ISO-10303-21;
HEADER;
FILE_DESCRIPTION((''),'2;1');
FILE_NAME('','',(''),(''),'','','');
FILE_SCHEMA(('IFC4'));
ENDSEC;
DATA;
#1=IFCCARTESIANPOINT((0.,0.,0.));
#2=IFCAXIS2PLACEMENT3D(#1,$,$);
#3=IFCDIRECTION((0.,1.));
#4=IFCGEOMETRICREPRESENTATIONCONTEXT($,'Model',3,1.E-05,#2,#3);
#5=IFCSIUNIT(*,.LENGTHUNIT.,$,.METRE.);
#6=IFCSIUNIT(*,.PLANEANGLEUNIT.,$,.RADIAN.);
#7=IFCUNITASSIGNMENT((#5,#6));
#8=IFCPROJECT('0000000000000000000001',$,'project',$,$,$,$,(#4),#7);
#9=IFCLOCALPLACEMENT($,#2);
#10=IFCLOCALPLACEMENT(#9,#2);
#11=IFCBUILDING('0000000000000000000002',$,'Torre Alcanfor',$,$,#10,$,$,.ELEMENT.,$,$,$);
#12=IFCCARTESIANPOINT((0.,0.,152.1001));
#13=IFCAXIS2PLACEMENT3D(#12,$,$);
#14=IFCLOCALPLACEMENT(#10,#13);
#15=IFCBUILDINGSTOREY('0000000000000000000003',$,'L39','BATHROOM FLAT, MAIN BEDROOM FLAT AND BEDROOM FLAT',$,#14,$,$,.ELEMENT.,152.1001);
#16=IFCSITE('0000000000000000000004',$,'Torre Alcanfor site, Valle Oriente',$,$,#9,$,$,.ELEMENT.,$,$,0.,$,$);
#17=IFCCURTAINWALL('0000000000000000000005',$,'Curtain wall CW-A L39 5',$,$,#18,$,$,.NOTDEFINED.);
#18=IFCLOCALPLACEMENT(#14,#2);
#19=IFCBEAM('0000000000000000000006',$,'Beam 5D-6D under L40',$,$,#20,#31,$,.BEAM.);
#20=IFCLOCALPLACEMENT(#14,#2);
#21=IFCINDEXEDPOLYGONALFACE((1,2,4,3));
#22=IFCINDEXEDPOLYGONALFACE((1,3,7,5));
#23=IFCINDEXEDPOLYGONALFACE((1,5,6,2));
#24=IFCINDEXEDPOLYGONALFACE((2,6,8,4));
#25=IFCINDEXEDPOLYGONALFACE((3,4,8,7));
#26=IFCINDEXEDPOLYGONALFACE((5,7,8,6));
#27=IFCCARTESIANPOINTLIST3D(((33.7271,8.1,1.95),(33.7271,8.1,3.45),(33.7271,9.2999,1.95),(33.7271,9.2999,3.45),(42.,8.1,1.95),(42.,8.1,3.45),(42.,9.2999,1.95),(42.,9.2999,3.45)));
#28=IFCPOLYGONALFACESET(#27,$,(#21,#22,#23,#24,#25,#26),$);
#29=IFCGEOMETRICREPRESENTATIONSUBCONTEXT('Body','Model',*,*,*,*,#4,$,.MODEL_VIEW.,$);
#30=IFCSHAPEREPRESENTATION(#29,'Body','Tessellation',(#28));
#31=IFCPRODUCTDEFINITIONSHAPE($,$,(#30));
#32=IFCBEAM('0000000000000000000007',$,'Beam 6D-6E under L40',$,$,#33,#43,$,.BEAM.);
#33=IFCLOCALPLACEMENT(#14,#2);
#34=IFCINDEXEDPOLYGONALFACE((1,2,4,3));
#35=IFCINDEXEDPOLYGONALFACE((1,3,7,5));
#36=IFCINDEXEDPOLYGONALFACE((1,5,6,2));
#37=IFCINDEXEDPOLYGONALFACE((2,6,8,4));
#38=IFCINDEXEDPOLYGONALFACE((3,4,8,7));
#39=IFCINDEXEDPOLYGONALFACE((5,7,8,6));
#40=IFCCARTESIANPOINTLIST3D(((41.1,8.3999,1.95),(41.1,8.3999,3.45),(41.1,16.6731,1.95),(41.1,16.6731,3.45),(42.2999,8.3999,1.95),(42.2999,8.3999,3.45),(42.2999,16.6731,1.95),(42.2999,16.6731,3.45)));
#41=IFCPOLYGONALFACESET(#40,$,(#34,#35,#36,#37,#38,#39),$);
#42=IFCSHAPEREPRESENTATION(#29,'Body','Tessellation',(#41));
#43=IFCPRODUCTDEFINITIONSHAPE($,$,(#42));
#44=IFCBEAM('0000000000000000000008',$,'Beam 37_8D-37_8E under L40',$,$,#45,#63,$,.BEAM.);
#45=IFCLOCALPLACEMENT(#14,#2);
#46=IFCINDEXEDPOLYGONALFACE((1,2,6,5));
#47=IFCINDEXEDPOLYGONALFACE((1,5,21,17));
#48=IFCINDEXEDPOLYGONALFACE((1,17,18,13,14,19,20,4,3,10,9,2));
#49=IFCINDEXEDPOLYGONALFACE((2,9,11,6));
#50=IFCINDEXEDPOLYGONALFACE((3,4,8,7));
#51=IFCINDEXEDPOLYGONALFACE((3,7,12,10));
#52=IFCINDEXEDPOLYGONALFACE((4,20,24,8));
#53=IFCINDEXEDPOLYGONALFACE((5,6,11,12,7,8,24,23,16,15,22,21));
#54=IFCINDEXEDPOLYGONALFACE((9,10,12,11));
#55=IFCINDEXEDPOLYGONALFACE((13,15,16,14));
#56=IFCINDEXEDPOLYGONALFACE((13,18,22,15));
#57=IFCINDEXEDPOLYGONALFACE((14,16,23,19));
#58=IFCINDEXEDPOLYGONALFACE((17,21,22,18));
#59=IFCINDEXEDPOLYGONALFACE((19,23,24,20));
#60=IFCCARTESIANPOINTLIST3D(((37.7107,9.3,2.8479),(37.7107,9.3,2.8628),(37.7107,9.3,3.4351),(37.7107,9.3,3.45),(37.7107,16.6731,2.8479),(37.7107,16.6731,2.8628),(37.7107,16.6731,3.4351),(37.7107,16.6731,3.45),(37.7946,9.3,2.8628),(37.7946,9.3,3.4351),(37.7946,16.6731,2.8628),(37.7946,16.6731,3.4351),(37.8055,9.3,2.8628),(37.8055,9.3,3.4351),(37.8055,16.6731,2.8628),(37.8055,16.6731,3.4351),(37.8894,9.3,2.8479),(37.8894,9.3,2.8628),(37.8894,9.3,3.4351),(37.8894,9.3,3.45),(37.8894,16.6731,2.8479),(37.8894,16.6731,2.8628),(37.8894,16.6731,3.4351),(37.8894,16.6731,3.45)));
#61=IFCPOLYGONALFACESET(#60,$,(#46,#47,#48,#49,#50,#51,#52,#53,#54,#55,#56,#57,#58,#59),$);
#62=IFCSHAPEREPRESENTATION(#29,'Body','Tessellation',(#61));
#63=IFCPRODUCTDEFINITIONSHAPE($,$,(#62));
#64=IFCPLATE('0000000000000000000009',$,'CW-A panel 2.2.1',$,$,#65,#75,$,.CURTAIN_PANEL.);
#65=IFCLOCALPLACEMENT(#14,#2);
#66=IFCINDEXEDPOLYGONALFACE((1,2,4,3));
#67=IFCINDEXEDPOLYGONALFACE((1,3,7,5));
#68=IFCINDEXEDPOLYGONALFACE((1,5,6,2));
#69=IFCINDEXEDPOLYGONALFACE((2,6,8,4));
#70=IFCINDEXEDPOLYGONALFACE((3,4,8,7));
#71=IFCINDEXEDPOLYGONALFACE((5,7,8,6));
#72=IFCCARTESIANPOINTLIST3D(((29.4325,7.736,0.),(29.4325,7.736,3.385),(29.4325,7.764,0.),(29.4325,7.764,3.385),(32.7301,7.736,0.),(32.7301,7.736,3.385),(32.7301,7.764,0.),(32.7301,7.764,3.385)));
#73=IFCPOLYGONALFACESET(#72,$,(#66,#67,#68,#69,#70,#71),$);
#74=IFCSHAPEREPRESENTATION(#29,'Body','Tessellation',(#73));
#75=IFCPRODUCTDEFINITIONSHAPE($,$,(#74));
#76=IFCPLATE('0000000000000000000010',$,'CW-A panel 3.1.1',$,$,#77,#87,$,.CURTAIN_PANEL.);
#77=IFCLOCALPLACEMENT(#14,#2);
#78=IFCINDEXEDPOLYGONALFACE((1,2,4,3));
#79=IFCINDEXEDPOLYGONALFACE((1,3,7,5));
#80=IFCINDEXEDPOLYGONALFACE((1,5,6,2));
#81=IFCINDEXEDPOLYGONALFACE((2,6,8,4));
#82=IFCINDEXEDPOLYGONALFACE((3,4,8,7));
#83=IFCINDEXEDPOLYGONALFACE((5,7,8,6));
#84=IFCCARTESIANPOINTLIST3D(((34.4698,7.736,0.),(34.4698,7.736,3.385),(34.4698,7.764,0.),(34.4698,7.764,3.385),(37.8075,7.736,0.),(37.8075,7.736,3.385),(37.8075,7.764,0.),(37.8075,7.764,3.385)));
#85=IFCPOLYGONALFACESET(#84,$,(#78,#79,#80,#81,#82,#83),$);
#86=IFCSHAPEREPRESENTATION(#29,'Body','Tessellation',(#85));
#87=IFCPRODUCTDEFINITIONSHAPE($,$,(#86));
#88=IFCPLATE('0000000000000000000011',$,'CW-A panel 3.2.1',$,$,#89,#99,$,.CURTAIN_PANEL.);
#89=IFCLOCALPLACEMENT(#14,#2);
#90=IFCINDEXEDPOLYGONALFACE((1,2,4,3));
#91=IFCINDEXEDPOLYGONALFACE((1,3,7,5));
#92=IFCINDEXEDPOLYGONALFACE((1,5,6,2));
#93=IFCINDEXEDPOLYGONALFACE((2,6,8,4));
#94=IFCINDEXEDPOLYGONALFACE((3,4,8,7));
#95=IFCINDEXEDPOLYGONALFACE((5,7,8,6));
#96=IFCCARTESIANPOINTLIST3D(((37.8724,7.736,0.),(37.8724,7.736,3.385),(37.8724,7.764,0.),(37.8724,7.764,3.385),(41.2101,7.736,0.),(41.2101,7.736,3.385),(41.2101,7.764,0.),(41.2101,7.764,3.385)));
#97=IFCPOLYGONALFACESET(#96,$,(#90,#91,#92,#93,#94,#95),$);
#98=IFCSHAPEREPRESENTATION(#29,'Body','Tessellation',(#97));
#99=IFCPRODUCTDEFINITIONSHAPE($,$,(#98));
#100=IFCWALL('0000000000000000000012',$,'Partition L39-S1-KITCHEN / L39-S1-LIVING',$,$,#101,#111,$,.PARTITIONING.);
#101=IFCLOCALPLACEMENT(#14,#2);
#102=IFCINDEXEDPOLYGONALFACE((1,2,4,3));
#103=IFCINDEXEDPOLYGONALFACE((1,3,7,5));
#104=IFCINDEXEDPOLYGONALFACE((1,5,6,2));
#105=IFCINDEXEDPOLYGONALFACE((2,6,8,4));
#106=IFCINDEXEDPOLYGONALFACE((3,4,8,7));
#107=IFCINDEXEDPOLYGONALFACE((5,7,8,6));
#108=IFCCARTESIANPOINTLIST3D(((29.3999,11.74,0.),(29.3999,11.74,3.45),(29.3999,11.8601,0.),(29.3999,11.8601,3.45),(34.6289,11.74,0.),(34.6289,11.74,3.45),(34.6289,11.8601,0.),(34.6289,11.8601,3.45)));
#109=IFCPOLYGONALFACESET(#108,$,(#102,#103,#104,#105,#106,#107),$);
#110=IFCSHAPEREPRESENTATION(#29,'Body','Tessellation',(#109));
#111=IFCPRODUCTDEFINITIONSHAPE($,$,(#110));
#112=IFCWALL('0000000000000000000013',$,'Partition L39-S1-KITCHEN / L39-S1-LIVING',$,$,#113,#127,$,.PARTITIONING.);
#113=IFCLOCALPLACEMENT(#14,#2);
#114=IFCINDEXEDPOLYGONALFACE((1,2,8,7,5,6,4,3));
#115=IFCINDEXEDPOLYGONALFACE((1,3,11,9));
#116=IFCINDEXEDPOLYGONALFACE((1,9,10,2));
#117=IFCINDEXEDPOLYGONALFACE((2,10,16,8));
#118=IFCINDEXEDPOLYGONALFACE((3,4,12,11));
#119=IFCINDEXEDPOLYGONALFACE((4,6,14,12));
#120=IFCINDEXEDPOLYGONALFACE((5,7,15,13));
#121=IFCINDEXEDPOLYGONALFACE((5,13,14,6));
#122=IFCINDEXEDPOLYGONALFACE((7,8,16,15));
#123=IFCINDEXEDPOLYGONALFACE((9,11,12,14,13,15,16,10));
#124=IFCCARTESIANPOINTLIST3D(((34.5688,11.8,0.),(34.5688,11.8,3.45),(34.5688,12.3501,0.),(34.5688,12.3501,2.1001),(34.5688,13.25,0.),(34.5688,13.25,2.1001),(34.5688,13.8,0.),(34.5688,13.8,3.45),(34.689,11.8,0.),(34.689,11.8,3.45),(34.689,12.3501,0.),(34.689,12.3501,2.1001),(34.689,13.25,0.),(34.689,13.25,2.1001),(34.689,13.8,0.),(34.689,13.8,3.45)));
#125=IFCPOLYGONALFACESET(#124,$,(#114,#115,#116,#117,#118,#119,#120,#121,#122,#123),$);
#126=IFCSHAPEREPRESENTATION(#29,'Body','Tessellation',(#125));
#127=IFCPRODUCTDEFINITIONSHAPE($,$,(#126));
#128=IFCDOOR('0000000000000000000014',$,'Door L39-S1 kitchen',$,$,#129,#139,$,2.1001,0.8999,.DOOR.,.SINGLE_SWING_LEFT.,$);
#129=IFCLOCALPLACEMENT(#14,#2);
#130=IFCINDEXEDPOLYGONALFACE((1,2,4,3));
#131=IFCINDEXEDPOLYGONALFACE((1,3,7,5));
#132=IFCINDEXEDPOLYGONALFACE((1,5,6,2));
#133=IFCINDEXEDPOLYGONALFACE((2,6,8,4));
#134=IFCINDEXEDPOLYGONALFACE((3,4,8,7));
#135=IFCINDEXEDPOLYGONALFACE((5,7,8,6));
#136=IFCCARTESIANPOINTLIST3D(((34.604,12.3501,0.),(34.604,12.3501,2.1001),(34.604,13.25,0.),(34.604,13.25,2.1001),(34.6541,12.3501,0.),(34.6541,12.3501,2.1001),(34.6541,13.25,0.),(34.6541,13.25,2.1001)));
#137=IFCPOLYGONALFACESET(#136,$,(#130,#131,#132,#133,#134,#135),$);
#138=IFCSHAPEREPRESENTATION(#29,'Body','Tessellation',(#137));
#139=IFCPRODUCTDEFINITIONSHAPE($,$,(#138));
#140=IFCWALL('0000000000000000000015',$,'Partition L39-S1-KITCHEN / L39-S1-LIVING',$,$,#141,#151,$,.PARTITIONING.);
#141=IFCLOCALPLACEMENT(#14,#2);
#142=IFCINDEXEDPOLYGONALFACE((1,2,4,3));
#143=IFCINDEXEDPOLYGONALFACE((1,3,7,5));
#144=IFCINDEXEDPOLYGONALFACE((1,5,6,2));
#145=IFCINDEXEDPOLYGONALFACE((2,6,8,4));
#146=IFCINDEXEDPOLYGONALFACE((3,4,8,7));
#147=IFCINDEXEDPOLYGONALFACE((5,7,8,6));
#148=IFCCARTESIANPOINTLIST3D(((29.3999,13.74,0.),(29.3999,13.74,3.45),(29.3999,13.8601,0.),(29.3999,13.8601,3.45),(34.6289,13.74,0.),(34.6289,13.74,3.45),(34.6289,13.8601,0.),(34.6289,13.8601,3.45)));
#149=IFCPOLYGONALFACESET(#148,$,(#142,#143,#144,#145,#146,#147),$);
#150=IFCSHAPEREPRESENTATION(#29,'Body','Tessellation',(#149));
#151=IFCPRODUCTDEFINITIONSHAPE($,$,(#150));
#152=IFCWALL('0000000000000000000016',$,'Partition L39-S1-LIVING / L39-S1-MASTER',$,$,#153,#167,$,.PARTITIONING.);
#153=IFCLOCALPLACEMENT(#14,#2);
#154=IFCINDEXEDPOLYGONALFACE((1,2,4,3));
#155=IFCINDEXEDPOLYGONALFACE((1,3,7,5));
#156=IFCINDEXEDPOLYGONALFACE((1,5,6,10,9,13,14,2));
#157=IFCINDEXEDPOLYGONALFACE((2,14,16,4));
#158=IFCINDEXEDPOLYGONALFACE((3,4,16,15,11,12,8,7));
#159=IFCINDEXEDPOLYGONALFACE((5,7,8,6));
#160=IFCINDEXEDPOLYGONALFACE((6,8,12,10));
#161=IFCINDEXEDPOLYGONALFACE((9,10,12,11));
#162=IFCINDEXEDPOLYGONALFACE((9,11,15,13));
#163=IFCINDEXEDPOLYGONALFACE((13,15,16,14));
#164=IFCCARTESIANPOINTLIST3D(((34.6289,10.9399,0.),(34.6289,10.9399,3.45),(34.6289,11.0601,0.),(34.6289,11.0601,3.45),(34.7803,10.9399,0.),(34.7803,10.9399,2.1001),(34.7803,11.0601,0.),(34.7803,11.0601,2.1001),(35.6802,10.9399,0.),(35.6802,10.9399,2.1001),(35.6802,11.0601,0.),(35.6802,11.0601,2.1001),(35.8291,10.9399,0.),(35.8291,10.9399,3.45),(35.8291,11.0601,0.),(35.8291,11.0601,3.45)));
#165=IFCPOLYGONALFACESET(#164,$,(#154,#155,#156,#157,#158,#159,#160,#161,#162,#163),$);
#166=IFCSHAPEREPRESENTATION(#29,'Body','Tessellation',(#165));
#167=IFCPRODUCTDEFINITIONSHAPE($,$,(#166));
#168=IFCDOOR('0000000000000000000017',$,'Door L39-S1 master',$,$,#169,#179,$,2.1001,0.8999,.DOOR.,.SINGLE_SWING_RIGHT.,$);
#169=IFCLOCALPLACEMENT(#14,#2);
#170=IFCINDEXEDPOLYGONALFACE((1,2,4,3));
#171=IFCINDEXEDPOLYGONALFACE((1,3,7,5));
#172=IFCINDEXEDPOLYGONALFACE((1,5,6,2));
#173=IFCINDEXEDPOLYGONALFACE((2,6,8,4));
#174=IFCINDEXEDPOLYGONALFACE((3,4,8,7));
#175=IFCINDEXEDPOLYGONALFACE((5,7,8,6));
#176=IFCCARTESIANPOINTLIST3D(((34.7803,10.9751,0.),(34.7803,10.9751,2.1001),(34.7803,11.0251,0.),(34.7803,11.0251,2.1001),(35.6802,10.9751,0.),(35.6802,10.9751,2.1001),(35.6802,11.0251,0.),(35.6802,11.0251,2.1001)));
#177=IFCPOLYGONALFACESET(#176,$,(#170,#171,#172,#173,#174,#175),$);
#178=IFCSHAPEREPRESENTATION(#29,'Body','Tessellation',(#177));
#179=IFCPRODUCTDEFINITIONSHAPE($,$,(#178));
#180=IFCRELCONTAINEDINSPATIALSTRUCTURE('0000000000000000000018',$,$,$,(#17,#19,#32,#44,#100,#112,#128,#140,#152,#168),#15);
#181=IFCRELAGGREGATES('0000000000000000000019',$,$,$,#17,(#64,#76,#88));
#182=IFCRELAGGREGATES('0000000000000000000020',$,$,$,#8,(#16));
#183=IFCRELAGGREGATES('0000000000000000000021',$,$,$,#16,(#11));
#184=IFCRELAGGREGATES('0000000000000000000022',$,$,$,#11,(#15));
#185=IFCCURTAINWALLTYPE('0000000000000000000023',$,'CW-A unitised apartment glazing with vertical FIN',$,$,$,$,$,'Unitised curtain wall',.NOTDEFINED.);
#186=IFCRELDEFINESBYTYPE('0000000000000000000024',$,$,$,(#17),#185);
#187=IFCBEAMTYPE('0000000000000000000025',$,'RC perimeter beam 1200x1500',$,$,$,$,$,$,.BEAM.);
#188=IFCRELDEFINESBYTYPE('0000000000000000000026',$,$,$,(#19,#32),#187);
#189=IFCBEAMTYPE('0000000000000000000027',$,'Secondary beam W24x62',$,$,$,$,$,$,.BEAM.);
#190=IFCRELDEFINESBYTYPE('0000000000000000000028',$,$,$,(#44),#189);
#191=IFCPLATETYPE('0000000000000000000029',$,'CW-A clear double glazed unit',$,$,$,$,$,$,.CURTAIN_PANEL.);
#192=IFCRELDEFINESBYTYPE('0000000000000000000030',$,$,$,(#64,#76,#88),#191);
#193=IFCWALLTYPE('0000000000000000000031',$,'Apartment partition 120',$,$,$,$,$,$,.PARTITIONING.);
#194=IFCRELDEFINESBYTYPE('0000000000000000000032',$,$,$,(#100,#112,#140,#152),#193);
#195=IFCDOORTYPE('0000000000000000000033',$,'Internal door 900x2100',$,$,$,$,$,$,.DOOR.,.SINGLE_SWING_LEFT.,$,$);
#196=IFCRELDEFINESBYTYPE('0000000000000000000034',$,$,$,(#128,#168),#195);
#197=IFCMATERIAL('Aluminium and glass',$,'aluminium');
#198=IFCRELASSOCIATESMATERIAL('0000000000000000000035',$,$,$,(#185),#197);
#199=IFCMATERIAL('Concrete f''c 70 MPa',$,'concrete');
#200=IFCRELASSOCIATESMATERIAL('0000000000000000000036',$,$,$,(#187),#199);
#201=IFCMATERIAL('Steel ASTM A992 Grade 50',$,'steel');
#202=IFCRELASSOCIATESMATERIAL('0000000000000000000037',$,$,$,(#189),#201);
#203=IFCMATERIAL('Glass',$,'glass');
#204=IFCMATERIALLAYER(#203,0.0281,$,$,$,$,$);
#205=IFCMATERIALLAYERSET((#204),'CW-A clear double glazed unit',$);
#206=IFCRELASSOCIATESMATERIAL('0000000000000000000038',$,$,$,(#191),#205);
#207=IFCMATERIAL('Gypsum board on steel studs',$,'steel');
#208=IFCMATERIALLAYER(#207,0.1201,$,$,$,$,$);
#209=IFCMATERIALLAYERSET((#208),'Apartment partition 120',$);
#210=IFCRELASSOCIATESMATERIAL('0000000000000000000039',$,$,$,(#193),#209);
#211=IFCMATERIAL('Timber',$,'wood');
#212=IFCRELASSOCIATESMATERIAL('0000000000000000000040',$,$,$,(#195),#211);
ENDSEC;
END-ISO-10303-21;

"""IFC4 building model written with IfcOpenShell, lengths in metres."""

from ifc_helpers import new_model, si_unit, direction, frame, frame_2d, origin, origin_2d, place, context, subcontext, project, spatial, rectangle, i_section, extrude, material, layer, layer_set, material_profile, profile_set, type_object, element, fill, aggregate, save


model = new_model("IFC4")

# Units and contexts
model_context = context("Model", 3, precision=1e-05, world=origin(), true_north=direction((0.0, 1.0)))
body_context = subcontext(model_context, "Body", "Model", "MODEL_VIEW")
ifc_project = project(units=[si_unit("LENGTHUNIT", "METRE"), si_unit("PLANEANGLEUNIT", "RADIAN")], contexts=[model_context])

# Site, building, storey
site_placement = place(None, origin())
site = spatial("IfcSite", under=ifc_project, at=site_placement, Name="Torre Alcanfor site, Valle Oriente", CompositionType="ELEMENT", RefElevation=0.0)
building_placement = place(site_placement, origin())
building = spatial("IfcBuilding", under=site, at=building_placement, Name="Torre Alcanfor", CompositionType="ELEMENT")
storey_placement = place(building_placement, frame((0.0, 0.0, 152.1001)))
storey = spatial("IfcBuildingStorey", under=building, at=storey_placement, Name="L39", Description="BATHROOM FLAT, MAIN BEDROOM FLAT AND BEDROOM FLAT", CompositionType="ELEMENT", Elevation=152.1001)

# Curtain wall
ifc_material_1 = material(Name="Aluminium and glass", Category="aluminium")
curtain_wall_type = type_object("IfcCurtainWallType", Name="CW-A unitised apartment glazing with vertical FIN", ElementType="Unitised curtain wall", PredefinedType="NOTDEFINED", material=ifc_material_1)
curtain_wall_placement = place(storey_placement, origin())
curtain_wall = element("IfcCurtainWall", 1, at=curtain_wall_placement, inside=storey, type_object=curtain_wall_type, Name="Curtain wall CW-A L39 5", PredefinedType="NOTDEFINED")

# Beams
ifc_material_2 = material(Name="Concrete f'c 70 MPa", Category="concrete")
ifc_material_profile_1 = material_profile(ifc_material_2, rectangle(XDim=1.2, YDim=1.5, at=origin_2d()), Name="1200x1500")
ifc_profile_set_1 = profile_set([ifc_material_profile_1], Name="Concrete f'c 70 MPa")
beam_type_1 = type_object("IfcBeamType", Name="RC perimeter beam 1200x1500", PredefinedType="BEAM", material=ifc_profile_set_1)
beam_1_placement = place(storey_placement, frame((33.7271, 8.7, 2.7), z_axis=(1.0, 0.0, 0.0), x_axis=(0.0, 1.0, 0.0)))
element("IfcBeam", 2, at=beam_1_placement, inside=storey, type_object=beam_type_1, Name="Beam 5D-6D under L40", PredefinedType="BEAM", context=body_context, shape_type="SweptSolid", body=[
    extrude(rectangle(XDim=1.2, YDim=1.5, at=origin_2d()), origin(), (0.0, 0.0, 1.0), 8.2729),
])
beam_2_placement = place(storey_placement, frame((41.7, 8.3999, 2.7), z_axis=(0.0, 1.0, 0.0), x_axis=(-1.0, 0.0, 0.0)))
element("IfcBeam", 3, at=beam_2_placement, inside=storey, type_object=beam_type_1, Name="Beam 6D-6E under L40", PredefinedType="BEAM", context=body_context, shape_type="SweptSolid", body=[
    extrude(rectangle(XDim=1.2, YDim=1.5, at=origin_2d()), origin(), (0.0, 0.0, 1.0), 8.2732),
])
ifc_material_3 = material(Name="Steel ASTM A992 Grade 50", Category="steel")
ifc_material_profile_2 = material_profile(ifc_material_3, i_section(OverallWidth=0.1787, OverallDepth=0.6021, WebThickness=0.011, FlangeThickness=0.0149, at=origin_2d()), Name="W24x62")
ifc_profile_set_2 = profile_set([ifc_material_profile_2], Name="Steel ASTM A992 Grade 50")
beam_type_2 = type_object("IfcBeamType", Name="Secondary beam W24x62", PredefinedType="BEAM", material=ifc_profile_set_2)
beam_3_placement = place(storey_placement, frame((37.8, 9.3, 3.1489), z_axis=(0.0, 1.0, 0.0), x_axis=(-1.0, 0.0, 0.0)))
element("IfcBeam", 4, at=beam_3_placement, inside=storey, type_object=beam_type_2, Name="Beam 37_8D-37_8E under L40", PredefinedType="BEAM", context=body_context, shape_type="SweptSolid", body=[
    extrude(i_section(OverallWidth=0.1787, OverallDepth=0.6021, WebThickness=0.011, FlangeThickness=0.0149, at=origin_2d()), origin(), (0.0, 0.0, 1.0), 7.373),
])

# Plates
ifc_material_4 = material(Name="Glass", Category="glass")
ifc_layer_1 = layer(ifc_material_4, 0.0281)
ifc_layer_set_1 = layer_set([ifc_layer_1], Name="CW-A clear double glazed unit")
plate_type = type_object("IfcPlateType", Name="CW-A clear double glazed unit", PredefinedType="CURTAIN_PANEL", material=ifc_layer_set_1)
plate_1_placement = place(storey_placement, frame((31.0813, 7.75, 0.0), z_axis=(0.0, 0.0, 1.0), x_axis=(1.0, 0.0, 0.0)))
plate_1 = element("IfcPlate", 5, at=plate_1_placement, type_object=plate_type, Name="CW-A panel 2.2.1", PredefinedType="CURTAIN_PANEL", context=body_context, shape_type="SweptSolid", body=[
    extrude(rectangle(XDim=3.2976, YDim=0.0281, at=origin_2d()), origin(), (0.0, 0.0, 1.0), 3.385),
])
plate_2_placement = place(storey_placement, frame((36.1387, 7.75, 0.0), z_axis=(0.0, 0.0, 1.0), x_axis=(1.0, 0.0, 0.0)))
plate_2 = element("IfcPlate", 6, at=plate_2_placement, type_object=plate_type, Name="CW-A panel 3.1.1", PredefinedType="CURTAIN_PANEL", context=body_context, shape_type="SweptSolid", body=[
    extrude(rectangle(XDim=3.3376, YDim=0.0281, at=origin_2d()), origin(), (0.0, 0.0, 1.0), 3.385),
])
plate_3_placement = place(storey_placement, frame((39.5413, 7.75, 0.0), z_axis=(0.0, 0.0, 1.0), x_axis=(1.0, 0.0, 0.0)))
plate_3 = element("IfcPlate", 7, at=plate_3_placement, type_object=plate_type, Name="CW-A panel 3.2.1", PredefinedType="CURTAIN_PANEL", context=body_context, shape_type="SweptSolid", body=[
    extrude(rectangle(XDim=3.3376, YDim=0.0281, at=origin_2d()), origin(), (0.0, 0.0, 1.0), 3.385),
])
aggregate(curtain_wall, [plate_1, plate_2, plate_3])

# Wall
ifc_material_5 = material(Name="Gypsum board on steel studs", Category="steel")
ifc_layer_2 = layer(ifc_material_5, 0.1201)
ifc_layer_set_2 = layer_set([ifc_layer_2], Name="Apartment partition 120")
wall_type_1 = type_object("IfcWallType", Name="Apartment partition 120", PredefinedType="PARTITIONING", material=ifc_layer_set_2)
wall_1_placement = place(storey_placement, frame((29.3999, 11.8, 0.0), z_axis=(0.0, 0.0, 1.0), x_axis=(1.0, 0.0, 0.0)))
element("IfcWall", 8, at=wall_1_placement, inside=storey, type_object=wall_type_1, Name="Partition L39-S1-KITCHEN / L39-S1-LIVING", PredefinedType="PARTITIONING", context=body_context, shape_type="SweptSolid", body=[
    extrude(rectangle(XDim=5.229, YDim=0.1201, at=frame_2d((2.6145, 0.0))), origin(), (0.0, 0.0, 1.0), 3.45),
])

# Wall, opening, door
wall_2_placement = place(storey_placement, frame((34.6289, 11.8, 0.0), z_axis=(0.0, 0.0, 1.0), x_axis=(0.0, 1.0, 0.0)))
wall_2 = element("IfcWall", 9, at=wall_2_placement, inside=storey, type_object=wall_type_1, Name="Partition L39-S1-KITCHEN / L39-S1-LIVING", PredefinedType="PARTITIONING", context=body_context, shape_type="SweptSolid", body=[
    extrude(rectangle(XDim=2.0, YDim=0.1201, at=frame_2d((1.0, 0.0))), origin(), (0.0, 0.0, 1.0), 3.45),
])
opening_1_placement = place(wall_2_placement, frame((0.55, 0.0, 0.0)))
opening_1 = element("IfcOpeningElement", 10, at=opening_1_placement, cuts=wall_2, PredefinedType="OPENING", context=body_context, shape_type="SweptSolid", body=[
    extrude(rectangle(XDim=0.8999, YDim=2.1001, at=frame_2d((0.45, 1.05))), frame((0.0, 0.0701, 0.0), z_axis=(0.0, -1.0, 0.0), x_axis=(1.0, 0.0, 0.0)), (0.0, 0.0, 1.0), 0.1401),
])
ifc_material_6 = material(Name="Timber", Category="wood")
door_type = type_object("IfcDoorType", Name="Internal door 900x2100", OperationType="SINGLE_SWING_LEFT", PredefinedType="DOOR", material=ifc_material_6)
door_1_placement = place(opening_1_placement, origin())
door_1 = element("IfcDoor", 11, at=door_1_placement, inside=storey, type_object=door_type, Name="Door L39-S1 kitchen", OperationType="SINGLE_SWING_LEFT", OverallHeight=2.1001, OverallWidth=0.8999, PredefinedType="DOOR", context=body_context, shape_type="SweptSolid", body=[
    extrude(rectangle(XDim=0.8999, YDim=2.1001, at=frame_2d((0.45, 1.05))), frame((0.0, 0.0249, 0.0), z_axis=(0.0, -1.0, 0.0), x_axis=(1.0, 0.0, 0.0)), (0.0, 0.0, 1.0), 0.05),
])
fill(opening_1, door_1)

# Wall
wall_3_placement = place(storey_placement, frame((34.6289, 13.8, 0.0), z_axis=(0.0, 0.0, 1.0), x_axis=(-1.0, 0.0, 0.0)))
element("IfcWall", 12, at=wall_3_placement, inside=storey, type_object=wall_type_1, Name="Partition L39-S1-KITCHEN / L39-S1-LIVING", PredefinedType="PARTITIONING", context=body_context, shape_type="SweptSolid", body=[
    extrude(rectangle(XDim=5.229, YDim=0.1201, at=frame_2d((2.6145, 0.0))), origin(), (0.0, 0.0, 1.0), 3.45),
])

# Wall, opening, door
wall_4_placement = place(storey_placement, frame((35.8291, 11.0, 0.0), z_axis=(0.0, 0.0, 1.0), x_axis=(-1.0, 0.0, 0.0)))
wall_4 = element("IfcWall", 13, at=wall_4_placement, inside=storey, type_object=wall_type_1, Name="Partition L39-S1-LIVING / L39-S1-MASTER", PredefinedType="PARTITIONING", context=body_context, shape_type="SweptSolid", body=[
    extrude(rectangle(XDim=1.2002, YDim=0.1201, at=frame_2d((0.6001, 0.0))), origin(), (0.0, 0.0, 1.0), 3.45),
])
opening_2_placement = place(wall_4_placement, frame((0.1489, 0.0, 0.0)))
opening_2 = element("IfcOpeningElement", 14, at=opening_2_placement, cuts=wall_4, PredefinedType="OPENING", context=body_context, shape_type="SweptSolid", body=[
    extrude(rectangle(XDim=0.8999, YDim=2.1001, at=frame_2d((0.45, 1.05))), frame((0.0, 0.0701, 0.0), z_axis=(0.0, -1.0, 0.0), x_axis=(1.0, 0.0, 0.0)), (0.0, 0.0, 1.0), 0.1401),
])
door_2_placement = place(opening_2_placement, origin())
door_2 = element("IfcDoor", 15, at=door_2_placement, inside=storey, type_object=door_type, Name="Door L39-S1 master", OperationType="SINGLE_SWING_RIGHT", OverallHeight=2.1001, OverallWidth=0.8999, PredefinedType="DOOR", context=body_context, shape_type="SweptSolid", body=[
    extrude(rectangle(XDim=0.8999, YDim=2.1001, at=frame_2d((0.45, 1.05))), frame((0.0, 0.0249, 0.0), z_axis=(0.0, -1.0, 0.0), x_axis=(1.0, 0.0, 0.0)), (0.0, 0.0, 1.0), 0.05),
])
fill(opening_2, door_2)

save(model, "model.ifc")
